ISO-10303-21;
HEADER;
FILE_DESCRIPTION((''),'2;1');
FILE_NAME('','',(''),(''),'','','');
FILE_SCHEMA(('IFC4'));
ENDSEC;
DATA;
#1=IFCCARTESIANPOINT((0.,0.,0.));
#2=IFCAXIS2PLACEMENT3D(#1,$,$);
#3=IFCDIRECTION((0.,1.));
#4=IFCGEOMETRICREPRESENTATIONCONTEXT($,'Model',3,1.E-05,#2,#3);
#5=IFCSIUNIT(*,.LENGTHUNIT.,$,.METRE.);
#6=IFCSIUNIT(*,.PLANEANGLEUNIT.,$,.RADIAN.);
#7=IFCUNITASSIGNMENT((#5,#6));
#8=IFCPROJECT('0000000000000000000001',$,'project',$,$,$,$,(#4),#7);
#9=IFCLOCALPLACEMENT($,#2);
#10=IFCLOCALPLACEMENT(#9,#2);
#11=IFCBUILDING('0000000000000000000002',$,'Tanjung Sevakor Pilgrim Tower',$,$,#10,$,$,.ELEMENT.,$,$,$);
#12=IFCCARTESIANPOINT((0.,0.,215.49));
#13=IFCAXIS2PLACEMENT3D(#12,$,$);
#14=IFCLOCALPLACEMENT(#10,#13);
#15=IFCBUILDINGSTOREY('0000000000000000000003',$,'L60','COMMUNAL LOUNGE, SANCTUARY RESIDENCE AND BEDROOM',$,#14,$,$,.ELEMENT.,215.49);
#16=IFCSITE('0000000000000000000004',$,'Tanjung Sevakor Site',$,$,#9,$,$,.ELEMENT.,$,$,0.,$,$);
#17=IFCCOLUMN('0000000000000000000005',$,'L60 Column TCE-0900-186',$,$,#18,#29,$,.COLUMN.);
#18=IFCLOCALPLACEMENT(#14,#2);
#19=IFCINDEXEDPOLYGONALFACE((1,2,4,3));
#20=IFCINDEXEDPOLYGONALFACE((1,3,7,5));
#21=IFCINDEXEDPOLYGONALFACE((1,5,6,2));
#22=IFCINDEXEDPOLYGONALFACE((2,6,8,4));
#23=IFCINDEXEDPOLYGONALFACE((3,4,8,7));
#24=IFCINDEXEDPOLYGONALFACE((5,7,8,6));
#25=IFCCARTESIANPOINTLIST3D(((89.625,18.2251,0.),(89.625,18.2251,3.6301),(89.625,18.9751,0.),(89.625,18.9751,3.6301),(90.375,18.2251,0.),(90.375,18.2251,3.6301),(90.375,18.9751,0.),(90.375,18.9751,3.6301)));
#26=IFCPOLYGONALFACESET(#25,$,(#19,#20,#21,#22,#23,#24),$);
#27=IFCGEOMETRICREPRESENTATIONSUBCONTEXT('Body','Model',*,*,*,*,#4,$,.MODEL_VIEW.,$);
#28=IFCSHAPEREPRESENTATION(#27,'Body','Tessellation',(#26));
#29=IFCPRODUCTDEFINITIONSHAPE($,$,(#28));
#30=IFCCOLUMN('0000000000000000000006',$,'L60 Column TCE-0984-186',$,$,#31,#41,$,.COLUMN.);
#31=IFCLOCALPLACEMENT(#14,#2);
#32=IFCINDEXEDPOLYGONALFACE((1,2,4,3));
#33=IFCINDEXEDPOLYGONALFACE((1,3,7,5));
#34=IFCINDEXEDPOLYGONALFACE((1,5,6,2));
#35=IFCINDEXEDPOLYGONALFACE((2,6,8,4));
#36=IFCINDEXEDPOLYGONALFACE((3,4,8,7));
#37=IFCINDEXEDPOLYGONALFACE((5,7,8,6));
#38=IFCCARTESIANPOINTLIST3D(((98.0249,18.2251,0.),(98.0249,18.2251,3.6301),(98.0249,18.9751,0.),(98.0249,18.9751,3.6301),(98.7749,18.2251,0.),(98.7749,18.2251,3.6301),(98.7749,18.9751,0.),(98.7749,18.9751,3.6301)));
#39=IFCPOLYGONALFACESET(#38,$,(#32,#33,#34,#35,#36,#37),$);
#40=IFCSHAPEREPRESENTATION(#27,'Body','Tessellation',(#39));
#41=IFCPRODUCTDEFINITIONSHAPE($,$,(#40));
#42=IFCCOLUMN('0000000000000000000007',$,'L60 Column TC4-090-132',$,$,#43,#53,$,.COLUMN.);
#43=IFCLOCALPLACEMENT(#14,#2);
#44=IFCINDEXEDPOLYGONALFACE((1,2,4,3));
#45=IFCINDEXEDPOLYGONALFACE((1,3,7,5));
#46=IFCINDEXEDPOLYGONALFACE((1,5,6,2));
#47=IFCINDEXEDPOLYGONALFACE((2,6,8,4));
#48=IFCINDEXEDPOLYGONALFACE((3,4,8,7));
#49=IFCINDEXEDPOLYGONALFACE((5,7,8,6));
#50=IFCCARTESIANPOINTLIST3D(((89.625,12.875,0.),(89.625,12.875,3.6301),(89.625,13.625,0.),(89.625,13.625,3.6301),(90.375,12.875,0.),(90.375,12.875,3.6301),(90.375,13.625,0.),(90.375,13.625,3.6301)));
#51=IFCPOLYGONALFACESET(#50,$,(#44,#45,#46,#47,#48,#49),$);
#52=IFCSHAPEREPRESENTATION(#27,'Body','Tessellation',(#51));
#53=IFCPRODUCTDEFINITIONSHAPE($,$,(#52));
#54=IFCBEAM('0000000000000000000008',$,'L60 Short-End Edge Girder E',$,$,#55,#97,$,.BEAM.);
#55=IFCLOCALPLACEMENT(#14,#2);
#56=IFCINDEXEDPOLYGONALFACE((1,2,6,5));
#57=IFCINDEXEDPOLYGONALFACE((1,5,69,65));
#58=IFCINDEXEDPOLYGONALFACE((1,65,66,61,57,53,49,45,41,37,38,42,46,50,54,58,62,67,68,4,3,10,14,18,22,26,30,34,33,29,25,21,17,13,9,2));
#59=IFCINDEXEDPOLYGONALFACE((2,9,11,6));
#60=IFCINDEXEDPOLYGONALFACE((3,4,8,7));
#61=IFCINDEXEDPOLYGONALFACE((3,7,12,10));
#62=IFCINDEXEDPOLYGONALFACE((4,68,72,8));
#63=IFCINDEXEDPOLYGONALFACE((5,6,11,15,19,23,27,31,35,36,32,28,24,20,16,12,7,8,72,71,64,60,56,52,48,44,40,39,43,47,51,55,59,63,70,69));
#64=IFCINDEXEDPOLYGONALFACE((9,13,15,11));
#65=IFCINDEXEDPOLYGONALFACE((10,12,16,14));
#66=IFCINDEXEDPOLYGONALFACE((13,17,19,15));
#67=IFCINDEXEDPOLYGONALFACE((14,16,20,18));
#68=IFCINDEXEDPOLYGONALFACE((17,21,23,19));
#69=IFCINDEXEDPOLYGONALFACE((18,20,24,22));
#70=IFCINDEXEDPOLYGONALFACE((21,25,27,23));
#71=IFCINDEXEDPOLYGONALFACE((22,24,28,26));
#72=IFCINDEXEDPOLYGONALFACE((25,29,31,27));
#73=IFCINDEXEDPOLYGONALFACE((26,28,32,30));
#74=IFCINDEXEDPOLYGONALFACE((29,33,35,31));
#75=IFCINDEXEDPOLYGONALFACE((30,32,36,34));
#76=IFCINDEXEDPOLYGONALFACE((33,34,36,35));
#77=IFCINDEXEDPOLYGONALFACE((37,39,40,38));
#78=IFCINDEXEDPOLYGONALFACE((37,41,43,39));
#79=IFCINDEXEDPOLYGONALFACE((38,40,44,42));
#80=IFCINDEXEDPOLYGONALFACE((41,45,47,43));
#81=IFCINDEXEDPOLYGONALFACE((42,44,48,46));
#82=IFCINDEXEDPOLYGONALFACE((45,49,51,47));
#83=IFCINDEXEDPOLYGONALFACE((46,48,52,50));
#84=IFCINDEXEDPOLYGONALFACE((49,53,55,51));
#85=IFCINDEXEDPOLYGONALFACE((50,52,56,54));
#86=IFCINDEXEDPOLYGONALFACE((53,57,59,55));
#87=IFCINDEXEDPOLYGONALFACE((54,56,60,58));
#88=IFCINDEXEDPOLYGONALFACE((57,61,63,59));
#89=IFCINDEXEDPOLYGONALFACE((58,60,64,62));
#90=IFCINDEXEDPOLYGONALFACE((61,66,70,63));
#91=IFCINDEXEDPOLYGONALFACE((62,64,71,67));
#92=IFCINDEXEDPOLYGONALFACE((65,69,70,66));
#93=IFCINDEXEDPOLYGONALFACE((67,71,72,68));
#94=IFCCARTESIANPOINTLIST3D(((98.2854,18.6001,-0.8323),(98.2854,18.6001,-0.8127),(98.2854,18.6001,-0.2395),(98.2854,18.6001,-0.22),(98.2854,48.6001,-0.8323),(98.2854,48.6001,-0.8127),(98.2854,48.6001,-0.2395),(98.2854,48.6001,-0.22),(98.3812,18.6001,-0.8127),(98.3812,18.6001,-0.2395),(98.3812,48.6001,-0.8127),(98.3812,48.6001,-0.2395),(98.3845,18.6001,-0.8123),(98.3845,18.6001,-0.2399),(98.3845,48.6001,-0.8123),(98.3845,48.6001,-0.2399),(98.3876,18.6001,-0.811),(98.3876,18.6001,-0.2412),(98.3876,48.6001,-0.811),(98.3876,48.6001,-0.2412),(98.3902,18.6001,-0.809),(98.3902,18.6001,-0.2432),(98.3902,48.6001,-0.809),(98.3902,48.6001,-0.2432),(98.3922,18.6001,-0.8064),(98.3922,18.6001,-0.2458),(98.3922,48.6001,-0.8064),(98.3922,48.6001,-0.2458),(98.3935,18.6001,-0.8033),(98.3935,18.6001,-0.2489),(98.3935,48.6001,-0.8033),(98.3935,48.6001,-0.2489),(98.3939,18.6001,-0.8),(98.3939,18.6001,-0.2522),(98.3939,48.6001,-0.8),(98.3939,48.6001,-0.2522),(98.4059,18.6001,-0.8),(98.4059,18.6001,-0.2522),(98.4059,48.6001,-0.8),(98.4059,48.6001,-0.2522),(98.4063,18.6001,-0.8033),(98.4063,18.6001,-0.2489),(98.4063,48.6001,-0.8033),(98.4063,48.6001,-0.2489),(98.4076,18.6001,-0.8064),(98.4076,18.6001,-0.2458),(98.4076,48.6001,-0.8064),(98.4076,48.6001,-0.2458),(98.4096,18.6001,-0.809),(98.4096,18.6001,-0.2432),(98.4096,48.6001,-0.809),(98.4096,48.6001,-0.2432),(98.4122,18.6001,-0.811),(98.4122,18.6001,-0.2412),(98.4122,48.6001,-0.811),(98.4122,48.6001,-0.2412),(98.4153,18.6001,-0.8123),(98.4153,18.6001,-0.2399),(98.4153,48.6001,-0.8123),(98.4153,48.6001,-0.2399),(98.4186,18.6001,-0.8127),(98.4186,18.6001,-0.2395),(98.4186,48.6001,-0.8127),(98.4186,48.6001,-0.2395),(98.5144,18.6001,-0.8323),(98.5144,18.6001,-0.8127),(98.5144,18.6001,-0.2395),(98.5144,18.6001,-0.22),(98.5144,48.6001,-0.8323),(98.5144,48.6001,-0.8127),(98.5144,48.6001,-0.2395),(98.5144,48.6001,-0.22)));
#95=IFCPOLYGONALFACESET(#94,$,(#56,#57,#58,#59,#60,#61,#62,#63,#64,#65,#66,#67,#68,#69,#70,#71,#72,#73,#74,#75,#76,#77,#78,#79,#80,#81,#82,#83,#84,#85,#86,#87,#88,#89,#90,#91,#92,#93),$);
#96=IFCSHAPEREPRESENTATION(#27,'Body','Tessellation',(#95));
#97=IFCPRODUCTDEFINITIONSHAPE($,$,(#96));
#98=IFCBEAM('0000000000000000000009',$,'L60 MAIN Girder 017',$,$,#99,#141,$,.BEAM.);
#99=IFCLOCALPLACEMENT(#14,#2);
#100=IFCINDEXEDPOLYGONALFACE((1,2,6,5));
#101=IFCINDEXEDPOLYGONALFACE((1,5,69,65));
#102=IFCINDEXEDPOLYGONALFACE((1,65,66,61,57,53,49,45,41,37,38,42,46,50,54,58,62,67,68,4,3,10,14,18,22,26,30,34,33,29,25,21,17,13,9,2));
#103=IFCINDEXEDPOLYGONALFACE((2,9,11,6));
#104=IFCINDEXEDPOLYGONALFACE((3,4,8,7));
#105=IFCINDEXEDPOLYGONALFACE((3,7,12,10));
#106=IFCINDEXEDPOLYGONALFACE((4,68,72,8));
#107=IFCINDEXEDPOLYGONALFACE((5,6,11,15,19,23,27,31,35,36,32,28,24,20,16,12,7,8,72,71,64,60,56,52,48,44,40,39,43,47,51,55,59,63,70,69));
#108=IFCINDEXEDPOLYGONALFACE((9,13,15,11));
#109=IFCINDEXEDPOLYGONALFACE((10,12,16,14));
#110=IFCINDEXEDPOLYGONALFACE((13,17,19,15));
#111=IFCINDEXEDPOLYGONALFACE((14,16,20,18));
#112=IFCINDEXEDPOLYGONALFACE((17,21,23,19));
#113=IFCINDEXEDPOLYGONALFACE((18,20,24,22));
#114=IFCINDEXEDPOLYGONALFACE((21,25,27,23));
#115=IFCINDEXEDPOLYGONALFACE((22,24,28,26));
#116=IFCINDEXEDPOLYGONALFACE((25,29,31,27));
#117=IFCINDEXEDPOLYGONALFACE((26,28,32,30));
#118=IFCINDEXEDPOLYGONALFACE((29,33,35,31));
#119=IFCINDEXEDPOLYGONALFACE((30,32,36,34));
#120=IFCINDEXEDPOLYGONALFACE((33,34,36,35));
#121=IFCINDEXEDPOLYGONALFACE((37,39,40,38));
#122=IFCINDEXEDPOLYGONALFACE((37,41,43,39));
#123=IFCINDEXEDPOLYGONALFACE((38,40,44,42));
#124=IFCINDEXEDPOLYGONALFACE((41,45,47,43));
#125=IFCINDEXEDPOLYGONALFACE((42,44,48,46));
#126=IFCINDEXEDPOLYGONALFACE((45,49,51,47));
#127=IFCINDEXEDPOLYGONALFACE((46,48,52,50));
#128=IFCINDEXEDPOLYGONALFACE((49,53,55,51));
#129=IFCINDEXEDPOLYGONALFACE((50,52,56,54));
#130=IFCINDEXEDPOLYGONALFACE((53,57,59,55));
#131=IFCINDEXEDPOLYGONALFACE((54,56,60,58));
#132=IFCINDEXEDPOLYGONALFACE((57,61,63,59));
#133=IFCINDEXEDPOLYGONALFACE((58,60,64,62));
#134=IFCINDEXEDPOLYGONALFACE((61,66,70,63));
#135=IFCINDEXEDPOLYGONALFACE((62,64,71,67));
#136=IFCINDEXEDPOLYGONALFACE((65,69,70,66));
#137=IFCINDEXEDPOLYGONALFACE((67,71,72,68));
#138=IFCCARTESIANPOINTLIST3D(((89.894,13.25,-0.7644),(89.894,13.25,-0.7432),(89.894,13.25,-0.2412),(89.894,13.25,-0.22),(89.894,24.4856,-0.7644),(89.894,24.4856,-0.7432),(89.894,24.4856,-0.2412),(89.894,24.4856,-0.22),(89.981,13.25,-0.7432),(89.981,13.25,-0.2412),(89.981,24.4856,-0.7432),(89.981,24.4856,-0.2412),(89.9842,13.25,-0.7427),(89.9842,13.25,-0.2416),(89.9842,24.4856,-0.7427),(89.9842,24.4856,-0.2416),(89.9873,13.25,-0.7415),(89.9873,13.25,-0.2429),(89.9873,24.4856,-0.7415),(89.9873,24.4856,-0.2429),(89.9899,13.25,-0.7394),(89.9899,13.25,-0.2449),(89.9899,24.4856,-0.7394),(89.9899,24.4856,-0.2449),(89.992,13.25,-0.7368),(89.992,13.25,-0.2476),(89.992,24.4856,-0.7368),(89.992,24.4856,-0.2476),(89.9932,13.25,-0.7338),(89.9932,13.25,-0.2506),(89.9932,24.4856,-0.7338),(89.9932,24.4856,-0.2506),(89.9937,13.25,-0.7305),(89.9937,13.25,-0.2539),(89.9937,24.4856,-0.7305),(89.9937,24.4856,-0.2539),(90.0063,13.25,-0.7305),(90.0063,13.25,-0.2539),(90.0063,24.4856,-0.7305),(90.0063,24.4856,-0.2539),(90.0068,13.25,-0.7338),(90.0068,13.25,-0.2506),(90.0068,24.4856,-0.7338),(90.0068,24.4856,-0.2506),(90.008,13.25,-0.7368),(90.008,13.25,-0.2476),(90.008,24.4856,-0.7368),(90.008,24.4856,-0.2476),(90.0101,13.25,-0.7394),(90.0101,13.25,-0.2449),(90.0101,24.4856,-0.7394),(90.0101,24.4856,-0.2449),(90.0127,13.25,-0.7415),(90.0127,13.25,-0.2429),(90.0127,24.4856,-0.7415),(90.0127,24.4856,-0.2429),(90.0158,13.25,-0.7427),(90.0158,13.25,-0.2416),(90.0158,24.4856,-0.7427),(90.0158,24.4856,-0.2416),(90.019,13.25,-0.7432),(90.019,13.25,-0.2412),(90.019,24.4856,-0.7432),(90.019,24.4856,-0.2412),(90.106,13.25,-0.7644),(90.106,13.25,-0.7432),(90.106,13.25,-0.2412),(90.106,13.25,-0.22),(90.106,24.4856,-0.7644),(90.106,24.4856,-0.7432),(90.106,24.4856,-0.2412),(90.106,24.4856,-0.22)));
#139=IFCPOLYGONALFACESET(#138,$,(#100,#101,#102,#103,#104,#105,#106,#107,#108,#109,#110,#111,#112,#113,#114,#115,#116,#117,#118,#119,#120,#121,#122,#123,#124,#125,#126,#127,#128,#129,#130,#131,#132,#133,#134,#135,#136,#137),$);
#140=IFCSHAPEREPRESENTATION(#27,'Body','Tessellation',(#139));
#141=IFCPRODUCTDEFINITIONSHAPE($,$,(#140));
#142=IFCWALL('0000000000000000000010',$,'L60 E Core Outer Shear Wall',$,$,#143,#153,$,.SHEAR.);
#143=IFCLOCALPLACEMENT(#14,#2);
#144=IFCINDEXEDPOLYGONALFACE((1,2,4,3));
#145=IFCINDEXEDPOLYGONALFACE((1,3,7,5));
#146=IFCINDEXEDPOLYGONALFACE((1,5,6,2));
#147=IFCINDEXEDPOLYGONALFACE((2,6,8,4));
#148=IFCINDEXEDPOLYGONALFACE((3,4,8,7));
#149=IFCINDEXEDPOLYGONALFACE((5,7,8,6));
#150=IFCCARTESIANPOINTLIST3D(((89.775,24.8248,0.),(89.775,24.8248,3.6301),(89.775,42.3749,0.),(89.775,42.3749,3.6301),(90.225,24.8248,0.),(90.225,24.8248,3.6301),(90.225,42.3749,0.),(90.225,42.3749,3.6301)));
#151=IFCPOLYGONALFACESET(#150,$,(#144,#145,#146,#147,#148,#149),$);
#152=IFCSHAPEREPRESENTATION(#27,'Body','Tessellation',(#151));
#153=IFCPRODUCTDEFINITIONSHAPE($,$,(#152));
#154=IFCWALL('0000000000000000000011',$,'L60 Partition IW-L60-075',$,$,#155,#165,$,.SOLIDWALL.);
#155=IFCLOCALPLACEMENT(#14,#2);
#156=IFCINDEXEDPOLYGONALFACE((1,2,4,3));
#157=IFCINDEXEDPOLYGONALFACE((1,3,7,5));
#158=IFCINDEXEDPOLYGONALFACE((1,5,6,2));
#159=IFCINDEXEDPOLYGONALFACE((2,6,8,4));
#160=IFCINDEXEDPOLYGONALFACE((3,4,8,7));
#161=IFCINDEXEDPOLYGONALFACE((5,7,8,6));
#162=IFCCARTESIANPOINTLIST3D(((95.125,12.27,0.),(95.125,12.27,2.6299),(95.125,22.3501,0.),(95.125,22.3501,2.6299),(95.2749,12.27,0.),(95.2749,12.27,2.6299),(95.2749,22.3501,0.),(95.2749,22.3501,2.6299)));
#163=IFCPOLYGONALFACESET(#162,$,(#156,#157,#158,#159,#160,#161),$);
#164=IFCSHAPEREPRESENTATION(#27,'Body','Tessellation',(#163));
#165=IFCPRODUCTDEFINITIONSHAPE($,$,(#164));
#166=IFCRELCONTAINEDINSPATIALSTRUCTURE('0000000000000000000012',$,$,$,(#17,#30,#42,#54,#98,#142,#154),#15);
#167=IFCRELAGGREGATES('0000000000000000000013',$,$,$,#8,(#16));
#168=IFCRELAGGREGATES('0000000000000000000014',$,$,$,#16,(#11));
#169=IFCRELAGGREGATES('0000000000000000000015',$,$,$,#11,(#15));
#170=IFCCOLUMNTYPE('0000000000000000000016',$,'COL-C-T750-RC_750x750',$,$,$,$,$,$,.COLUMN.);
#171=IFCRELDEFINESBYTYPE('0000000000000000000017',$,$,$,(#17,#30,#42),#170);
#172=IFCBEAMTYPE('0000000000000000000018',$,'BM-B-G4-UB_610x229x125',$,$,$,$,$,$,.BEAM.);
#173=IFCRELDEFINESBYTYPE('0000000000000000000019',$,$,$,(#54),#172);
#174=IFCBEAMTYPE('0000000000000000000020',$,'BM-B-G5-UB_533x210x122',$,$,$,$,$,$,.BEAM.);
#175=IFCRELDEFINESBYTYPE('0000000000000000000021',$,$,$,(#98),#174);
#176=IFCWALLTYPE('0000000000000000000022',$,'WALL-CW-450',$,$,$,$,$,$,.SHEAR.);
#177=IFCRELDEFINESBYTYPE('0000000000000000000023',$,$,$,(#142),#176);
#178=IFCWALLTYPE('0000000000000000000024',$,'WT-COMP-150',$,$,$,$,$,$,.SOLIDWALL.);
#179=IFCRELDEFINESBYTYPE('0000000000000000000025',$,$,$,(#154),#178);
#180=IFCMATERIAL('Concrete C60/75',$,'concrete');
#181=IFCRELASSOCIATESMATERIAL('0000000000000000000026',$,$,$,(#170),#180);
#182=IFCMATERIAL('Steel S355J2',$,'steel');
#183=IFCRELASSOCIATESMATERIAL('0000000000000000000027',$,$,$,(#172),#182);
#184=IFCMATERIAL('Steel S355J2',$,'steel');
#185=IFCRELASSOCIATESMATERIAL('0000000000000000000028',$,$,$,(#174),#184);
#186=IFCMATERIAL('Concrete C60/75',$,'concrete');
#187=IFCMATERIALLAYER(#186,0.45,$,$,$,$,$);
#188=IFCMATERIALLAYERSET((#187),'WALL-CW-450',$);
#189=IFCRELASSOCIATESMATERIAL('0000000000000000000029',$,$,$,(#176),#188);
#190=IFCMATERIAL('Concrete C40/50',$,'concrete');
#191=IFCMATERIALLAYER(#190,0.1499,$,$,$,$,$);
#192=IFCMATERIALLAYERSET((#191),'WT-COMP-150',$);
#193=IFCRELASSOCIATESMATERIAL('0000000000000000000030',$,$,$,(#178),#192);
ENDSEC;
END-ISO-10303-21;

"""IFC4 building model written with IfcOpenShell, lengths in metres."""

from ifc_helpers import new_model, si_unit, direction, frame, frame_2d, origin, origin_2d, place, context, subcontext, project, spatial, rectangle, i_section, extrude, material, layer, layer_set, material_profile, profile_set, type_object, element, save


model = new_model("IFC4")

# Units and contexts
model_context = context("Model", 3, precision=1e-05, world=origin(), true_north=direction((0.0, 1.0)))
body_context = subcontext(model_context, "Body", "Model", "MODEL_VIEW")
ifc_project = project(units=[si_unit("LENGTHUNIT", "METRE"), si_unit("PLANEANGLEUNIT", "RADIAN")], contexts=[model_context])

# Site, building, storey
site_placement = place(None, origin())
site = spatial("IfcSite", under=ifc_project, at=site_placement, Name="Tanjung Sevakor Site", CompositionType="ELEMENT", RefElevation=0.0)
building_placement = place(site_placement, origin())
building = spatial("IfcBuilding", under=site, at=building_placement, Name="Tanjung Sevakor Pilgrim Tower", CompositionType="ELEMENT")
storey_placement = place(building_placement, frame((0.0, 0.0, 215.49)))
storey = spatial("IfcBuildingStorey", under=building, at=storey_placement, Name="L60", Description="COMMUNAL LOUNGE, SANCTUARY RESIDENCE AND BEDROOM", CompositionType="ELEMENT", Elevation=215.49)

# Columns
ifc_material_1 = material(Name="Concrete C60/75", Category="concrete")
ifc_material_profile_1 = material_profile(ifc_material_1, rectangle(XDim=0.75, YDim=0.75, at=origin_2d()))
ifc_profile_set_1 = profile_set([ifc_material_profile_1], Name="Concrete C60/75")
column_type = type_object("IfcColumnType", Name="COL-C-T750-RC_750x750", PredefinedType="COLUMN", material=ifc_profile_set_1)
for number, where, z_axis, x_axis, name in (
    (1, (90.0, 18.6001, 0.0), (0.0, 0.0, 1.0), (1.0, 0.0, 0.0), "L60 Column TCE-0900-186"),
    (2, (98.3999, 18.6001, 0.0), (0.0, 0.0, 1.0), (1.0, 0.0, 0.0), "L60 Column TCE-0984-186"),
    (3, (90.0, 13.25, 0.0), (0.0, 0.0, 1.0), (1.0, 0.0, 0.0), "L60 Column TC4-090-132"),
):
    element("IfcColumn", number, at=place(storey_placement, frame(where, z_axis=z_axis, x_axis=x_axis)), inside=storey, type_object=column_type, Name=name, PredefinedType="COLUMN", context=body_context, shape_type="SweptSolid", body=[
        extrude(rectangle(XDim=0.75, YDim=0.75, at=origin_2d()), origin(), (0.0, 0.0, 1.0), 3.6301),
    ])

# Beams
ifc_material_2 = material(Name="Steel S355J2", Category="steel")
ifc_material_profile_2 = material_profile(ifc_material_2, i_section(OverallWidth=0.229, OverallDepth=0.6123, WebThickness=0.012, FlangeThickness=0.0195, FilletRadius=0.0127, at=origin_2d()))
ifc_profile_set_2 = profile_set([ifc_material_profile_2], Name="Steel S355J2")
beam_type_1 = type_object("IfcBeamType", Name="BM-B-G4-UB_610x229x125", PredefinedType="BEAM", material=ifc_profile_set_2)
beam_1_placement = place(storey_placement, frame((98.3999, 18.6001, -0.5261), z_axis=(0.0, 1.0, 0.0), x_axis=(-1.0, 0.0, 0.0)))
element("IfcBeam", 4, at=beam_1_placement, inside=storey, type_object=beam_type_1, Name="L60 Short-End Edge Girder E", PredefinedType="BEAM", context=body_context, shape_type="SweptSolid", body=[
    extrude(i_section(OverallWidth=0.229, OverallDepth=0.6123, WebThickness=0.012, FlangeThickness=0.0195, FilletRadius=0.0127, at=origin_2d()), origin(), (0.0, 0.0, 1.0), 30.0),
])
ifc_material_3 = material(Name="Steel S355J2", Category="steel")
ifc_material_profile_3 = material_profile(ifc_material_3, i_section(OverallWidth=0.2119, OverallDepth=0.5444, WebThickness=0.0127, FlangeThickness=0.0212, FilletRadius=0.0127, at=origin_2d()))
ifc_profile_set_3 = profile_set([ifc_material_profile_3], Name="Steel S355J2")
beam_type_2 = type_object("IfcBeamType", Name="BM-B-G5-UB_533x210x122", PredefinedType="BEAM", material=ifc_profile_set_3)
beam_2_placement = place(storey_placement, frame((90.0, 13.25, -0.4922), z_axis=(0.0, 1.0, 0.0), x_axis=(-1.0, 0.0, 0.0)))
element("IfcBeam", 5, at=beam_2_placement, inside=storey, type_object=beam_type_2, Name="L60 MAIN Girder 017", PredefinedType="BEAM", context=body_context, shape_type="SweptSolid", body=[
    extrude(i_section(OverallWidth=0.2119, OverallDepth=0.5444, WebThickness=0.0127, FlangeThickness=0.0212, FilletRadius=0.0127, at=origin_2d()), origin(), (0.0, 0.0, 1.0), 11.2356),
])

# Walls
ifc_material_4 = material(Name="Concrete C60/75", Category="concrete")
ifc_layer_1 = layer(ifc_material_4, 0.45)
ifc_layer_set_1 = layer_set([ifc_layer_1], Name="WALL-CW-450")
wall_type_1 = type_object("IfcWallType", Name="WALL-CW-450", PredefinedType="SHEAR", material=ifc_layer_set_1)
wall_1_placement = place(storey_placement, frame((90.0, 24.825, 0.0), z_axis=(0.0, 0.0, 1.0), x_axis=(0.0, 1.0, 0.0)))
element("IfcWall", 6, at=wall_1_placement, inside=storey, type_object=wall_type_1, Name="L60 E Core Outer Shear Wall", PredefinedType="SHEAR", context=body_context, shape_type="SweptSolid", body=[
    extrude(rectangle(XDim=17.55, YDim=0.45, at=frame_2d((8.7749, 0.0))), origin(), (0.0, 0.0, 1.0), 3.6301),
])
ifc_material_5 = material(Name="Concrete C40/50", Category="concrete")
ifc_layer_2 = layer(ifc_material_5, 0.1499)
ifc_layer_set_2 = layer_set([ifc_layer_2], Name="WT-COMP-150")
wall_type_2 = type_object("IfcWallType", Name="WT-COMP-150", PredefinedType="SOLIDWALL", material=ifc_layer_set_2)
wall_2_placement = place(storey_placement, frame((95.2, 12.27, 0.0), z_axis=(0.0, 0.0, 1.0), x_axis=(0.0, 1.0, 0.0)))
element("IfcWall", 7, at=wall_2_placement, inside=storey, type_object=wall_type_2, Name="L60 Partition IW-L60-075", PredefinedType="SOLIDWALL", context=body_context, shape_type="SweptSolid", body=[
    extrude(rectangle(XDim=10.0801, YDim=0.1499, at=frame_2d((5.04, 0.0))), origin(), (0.0, 0.0, 1.0), 2.6299),
])

save(model, "model.ifc")
